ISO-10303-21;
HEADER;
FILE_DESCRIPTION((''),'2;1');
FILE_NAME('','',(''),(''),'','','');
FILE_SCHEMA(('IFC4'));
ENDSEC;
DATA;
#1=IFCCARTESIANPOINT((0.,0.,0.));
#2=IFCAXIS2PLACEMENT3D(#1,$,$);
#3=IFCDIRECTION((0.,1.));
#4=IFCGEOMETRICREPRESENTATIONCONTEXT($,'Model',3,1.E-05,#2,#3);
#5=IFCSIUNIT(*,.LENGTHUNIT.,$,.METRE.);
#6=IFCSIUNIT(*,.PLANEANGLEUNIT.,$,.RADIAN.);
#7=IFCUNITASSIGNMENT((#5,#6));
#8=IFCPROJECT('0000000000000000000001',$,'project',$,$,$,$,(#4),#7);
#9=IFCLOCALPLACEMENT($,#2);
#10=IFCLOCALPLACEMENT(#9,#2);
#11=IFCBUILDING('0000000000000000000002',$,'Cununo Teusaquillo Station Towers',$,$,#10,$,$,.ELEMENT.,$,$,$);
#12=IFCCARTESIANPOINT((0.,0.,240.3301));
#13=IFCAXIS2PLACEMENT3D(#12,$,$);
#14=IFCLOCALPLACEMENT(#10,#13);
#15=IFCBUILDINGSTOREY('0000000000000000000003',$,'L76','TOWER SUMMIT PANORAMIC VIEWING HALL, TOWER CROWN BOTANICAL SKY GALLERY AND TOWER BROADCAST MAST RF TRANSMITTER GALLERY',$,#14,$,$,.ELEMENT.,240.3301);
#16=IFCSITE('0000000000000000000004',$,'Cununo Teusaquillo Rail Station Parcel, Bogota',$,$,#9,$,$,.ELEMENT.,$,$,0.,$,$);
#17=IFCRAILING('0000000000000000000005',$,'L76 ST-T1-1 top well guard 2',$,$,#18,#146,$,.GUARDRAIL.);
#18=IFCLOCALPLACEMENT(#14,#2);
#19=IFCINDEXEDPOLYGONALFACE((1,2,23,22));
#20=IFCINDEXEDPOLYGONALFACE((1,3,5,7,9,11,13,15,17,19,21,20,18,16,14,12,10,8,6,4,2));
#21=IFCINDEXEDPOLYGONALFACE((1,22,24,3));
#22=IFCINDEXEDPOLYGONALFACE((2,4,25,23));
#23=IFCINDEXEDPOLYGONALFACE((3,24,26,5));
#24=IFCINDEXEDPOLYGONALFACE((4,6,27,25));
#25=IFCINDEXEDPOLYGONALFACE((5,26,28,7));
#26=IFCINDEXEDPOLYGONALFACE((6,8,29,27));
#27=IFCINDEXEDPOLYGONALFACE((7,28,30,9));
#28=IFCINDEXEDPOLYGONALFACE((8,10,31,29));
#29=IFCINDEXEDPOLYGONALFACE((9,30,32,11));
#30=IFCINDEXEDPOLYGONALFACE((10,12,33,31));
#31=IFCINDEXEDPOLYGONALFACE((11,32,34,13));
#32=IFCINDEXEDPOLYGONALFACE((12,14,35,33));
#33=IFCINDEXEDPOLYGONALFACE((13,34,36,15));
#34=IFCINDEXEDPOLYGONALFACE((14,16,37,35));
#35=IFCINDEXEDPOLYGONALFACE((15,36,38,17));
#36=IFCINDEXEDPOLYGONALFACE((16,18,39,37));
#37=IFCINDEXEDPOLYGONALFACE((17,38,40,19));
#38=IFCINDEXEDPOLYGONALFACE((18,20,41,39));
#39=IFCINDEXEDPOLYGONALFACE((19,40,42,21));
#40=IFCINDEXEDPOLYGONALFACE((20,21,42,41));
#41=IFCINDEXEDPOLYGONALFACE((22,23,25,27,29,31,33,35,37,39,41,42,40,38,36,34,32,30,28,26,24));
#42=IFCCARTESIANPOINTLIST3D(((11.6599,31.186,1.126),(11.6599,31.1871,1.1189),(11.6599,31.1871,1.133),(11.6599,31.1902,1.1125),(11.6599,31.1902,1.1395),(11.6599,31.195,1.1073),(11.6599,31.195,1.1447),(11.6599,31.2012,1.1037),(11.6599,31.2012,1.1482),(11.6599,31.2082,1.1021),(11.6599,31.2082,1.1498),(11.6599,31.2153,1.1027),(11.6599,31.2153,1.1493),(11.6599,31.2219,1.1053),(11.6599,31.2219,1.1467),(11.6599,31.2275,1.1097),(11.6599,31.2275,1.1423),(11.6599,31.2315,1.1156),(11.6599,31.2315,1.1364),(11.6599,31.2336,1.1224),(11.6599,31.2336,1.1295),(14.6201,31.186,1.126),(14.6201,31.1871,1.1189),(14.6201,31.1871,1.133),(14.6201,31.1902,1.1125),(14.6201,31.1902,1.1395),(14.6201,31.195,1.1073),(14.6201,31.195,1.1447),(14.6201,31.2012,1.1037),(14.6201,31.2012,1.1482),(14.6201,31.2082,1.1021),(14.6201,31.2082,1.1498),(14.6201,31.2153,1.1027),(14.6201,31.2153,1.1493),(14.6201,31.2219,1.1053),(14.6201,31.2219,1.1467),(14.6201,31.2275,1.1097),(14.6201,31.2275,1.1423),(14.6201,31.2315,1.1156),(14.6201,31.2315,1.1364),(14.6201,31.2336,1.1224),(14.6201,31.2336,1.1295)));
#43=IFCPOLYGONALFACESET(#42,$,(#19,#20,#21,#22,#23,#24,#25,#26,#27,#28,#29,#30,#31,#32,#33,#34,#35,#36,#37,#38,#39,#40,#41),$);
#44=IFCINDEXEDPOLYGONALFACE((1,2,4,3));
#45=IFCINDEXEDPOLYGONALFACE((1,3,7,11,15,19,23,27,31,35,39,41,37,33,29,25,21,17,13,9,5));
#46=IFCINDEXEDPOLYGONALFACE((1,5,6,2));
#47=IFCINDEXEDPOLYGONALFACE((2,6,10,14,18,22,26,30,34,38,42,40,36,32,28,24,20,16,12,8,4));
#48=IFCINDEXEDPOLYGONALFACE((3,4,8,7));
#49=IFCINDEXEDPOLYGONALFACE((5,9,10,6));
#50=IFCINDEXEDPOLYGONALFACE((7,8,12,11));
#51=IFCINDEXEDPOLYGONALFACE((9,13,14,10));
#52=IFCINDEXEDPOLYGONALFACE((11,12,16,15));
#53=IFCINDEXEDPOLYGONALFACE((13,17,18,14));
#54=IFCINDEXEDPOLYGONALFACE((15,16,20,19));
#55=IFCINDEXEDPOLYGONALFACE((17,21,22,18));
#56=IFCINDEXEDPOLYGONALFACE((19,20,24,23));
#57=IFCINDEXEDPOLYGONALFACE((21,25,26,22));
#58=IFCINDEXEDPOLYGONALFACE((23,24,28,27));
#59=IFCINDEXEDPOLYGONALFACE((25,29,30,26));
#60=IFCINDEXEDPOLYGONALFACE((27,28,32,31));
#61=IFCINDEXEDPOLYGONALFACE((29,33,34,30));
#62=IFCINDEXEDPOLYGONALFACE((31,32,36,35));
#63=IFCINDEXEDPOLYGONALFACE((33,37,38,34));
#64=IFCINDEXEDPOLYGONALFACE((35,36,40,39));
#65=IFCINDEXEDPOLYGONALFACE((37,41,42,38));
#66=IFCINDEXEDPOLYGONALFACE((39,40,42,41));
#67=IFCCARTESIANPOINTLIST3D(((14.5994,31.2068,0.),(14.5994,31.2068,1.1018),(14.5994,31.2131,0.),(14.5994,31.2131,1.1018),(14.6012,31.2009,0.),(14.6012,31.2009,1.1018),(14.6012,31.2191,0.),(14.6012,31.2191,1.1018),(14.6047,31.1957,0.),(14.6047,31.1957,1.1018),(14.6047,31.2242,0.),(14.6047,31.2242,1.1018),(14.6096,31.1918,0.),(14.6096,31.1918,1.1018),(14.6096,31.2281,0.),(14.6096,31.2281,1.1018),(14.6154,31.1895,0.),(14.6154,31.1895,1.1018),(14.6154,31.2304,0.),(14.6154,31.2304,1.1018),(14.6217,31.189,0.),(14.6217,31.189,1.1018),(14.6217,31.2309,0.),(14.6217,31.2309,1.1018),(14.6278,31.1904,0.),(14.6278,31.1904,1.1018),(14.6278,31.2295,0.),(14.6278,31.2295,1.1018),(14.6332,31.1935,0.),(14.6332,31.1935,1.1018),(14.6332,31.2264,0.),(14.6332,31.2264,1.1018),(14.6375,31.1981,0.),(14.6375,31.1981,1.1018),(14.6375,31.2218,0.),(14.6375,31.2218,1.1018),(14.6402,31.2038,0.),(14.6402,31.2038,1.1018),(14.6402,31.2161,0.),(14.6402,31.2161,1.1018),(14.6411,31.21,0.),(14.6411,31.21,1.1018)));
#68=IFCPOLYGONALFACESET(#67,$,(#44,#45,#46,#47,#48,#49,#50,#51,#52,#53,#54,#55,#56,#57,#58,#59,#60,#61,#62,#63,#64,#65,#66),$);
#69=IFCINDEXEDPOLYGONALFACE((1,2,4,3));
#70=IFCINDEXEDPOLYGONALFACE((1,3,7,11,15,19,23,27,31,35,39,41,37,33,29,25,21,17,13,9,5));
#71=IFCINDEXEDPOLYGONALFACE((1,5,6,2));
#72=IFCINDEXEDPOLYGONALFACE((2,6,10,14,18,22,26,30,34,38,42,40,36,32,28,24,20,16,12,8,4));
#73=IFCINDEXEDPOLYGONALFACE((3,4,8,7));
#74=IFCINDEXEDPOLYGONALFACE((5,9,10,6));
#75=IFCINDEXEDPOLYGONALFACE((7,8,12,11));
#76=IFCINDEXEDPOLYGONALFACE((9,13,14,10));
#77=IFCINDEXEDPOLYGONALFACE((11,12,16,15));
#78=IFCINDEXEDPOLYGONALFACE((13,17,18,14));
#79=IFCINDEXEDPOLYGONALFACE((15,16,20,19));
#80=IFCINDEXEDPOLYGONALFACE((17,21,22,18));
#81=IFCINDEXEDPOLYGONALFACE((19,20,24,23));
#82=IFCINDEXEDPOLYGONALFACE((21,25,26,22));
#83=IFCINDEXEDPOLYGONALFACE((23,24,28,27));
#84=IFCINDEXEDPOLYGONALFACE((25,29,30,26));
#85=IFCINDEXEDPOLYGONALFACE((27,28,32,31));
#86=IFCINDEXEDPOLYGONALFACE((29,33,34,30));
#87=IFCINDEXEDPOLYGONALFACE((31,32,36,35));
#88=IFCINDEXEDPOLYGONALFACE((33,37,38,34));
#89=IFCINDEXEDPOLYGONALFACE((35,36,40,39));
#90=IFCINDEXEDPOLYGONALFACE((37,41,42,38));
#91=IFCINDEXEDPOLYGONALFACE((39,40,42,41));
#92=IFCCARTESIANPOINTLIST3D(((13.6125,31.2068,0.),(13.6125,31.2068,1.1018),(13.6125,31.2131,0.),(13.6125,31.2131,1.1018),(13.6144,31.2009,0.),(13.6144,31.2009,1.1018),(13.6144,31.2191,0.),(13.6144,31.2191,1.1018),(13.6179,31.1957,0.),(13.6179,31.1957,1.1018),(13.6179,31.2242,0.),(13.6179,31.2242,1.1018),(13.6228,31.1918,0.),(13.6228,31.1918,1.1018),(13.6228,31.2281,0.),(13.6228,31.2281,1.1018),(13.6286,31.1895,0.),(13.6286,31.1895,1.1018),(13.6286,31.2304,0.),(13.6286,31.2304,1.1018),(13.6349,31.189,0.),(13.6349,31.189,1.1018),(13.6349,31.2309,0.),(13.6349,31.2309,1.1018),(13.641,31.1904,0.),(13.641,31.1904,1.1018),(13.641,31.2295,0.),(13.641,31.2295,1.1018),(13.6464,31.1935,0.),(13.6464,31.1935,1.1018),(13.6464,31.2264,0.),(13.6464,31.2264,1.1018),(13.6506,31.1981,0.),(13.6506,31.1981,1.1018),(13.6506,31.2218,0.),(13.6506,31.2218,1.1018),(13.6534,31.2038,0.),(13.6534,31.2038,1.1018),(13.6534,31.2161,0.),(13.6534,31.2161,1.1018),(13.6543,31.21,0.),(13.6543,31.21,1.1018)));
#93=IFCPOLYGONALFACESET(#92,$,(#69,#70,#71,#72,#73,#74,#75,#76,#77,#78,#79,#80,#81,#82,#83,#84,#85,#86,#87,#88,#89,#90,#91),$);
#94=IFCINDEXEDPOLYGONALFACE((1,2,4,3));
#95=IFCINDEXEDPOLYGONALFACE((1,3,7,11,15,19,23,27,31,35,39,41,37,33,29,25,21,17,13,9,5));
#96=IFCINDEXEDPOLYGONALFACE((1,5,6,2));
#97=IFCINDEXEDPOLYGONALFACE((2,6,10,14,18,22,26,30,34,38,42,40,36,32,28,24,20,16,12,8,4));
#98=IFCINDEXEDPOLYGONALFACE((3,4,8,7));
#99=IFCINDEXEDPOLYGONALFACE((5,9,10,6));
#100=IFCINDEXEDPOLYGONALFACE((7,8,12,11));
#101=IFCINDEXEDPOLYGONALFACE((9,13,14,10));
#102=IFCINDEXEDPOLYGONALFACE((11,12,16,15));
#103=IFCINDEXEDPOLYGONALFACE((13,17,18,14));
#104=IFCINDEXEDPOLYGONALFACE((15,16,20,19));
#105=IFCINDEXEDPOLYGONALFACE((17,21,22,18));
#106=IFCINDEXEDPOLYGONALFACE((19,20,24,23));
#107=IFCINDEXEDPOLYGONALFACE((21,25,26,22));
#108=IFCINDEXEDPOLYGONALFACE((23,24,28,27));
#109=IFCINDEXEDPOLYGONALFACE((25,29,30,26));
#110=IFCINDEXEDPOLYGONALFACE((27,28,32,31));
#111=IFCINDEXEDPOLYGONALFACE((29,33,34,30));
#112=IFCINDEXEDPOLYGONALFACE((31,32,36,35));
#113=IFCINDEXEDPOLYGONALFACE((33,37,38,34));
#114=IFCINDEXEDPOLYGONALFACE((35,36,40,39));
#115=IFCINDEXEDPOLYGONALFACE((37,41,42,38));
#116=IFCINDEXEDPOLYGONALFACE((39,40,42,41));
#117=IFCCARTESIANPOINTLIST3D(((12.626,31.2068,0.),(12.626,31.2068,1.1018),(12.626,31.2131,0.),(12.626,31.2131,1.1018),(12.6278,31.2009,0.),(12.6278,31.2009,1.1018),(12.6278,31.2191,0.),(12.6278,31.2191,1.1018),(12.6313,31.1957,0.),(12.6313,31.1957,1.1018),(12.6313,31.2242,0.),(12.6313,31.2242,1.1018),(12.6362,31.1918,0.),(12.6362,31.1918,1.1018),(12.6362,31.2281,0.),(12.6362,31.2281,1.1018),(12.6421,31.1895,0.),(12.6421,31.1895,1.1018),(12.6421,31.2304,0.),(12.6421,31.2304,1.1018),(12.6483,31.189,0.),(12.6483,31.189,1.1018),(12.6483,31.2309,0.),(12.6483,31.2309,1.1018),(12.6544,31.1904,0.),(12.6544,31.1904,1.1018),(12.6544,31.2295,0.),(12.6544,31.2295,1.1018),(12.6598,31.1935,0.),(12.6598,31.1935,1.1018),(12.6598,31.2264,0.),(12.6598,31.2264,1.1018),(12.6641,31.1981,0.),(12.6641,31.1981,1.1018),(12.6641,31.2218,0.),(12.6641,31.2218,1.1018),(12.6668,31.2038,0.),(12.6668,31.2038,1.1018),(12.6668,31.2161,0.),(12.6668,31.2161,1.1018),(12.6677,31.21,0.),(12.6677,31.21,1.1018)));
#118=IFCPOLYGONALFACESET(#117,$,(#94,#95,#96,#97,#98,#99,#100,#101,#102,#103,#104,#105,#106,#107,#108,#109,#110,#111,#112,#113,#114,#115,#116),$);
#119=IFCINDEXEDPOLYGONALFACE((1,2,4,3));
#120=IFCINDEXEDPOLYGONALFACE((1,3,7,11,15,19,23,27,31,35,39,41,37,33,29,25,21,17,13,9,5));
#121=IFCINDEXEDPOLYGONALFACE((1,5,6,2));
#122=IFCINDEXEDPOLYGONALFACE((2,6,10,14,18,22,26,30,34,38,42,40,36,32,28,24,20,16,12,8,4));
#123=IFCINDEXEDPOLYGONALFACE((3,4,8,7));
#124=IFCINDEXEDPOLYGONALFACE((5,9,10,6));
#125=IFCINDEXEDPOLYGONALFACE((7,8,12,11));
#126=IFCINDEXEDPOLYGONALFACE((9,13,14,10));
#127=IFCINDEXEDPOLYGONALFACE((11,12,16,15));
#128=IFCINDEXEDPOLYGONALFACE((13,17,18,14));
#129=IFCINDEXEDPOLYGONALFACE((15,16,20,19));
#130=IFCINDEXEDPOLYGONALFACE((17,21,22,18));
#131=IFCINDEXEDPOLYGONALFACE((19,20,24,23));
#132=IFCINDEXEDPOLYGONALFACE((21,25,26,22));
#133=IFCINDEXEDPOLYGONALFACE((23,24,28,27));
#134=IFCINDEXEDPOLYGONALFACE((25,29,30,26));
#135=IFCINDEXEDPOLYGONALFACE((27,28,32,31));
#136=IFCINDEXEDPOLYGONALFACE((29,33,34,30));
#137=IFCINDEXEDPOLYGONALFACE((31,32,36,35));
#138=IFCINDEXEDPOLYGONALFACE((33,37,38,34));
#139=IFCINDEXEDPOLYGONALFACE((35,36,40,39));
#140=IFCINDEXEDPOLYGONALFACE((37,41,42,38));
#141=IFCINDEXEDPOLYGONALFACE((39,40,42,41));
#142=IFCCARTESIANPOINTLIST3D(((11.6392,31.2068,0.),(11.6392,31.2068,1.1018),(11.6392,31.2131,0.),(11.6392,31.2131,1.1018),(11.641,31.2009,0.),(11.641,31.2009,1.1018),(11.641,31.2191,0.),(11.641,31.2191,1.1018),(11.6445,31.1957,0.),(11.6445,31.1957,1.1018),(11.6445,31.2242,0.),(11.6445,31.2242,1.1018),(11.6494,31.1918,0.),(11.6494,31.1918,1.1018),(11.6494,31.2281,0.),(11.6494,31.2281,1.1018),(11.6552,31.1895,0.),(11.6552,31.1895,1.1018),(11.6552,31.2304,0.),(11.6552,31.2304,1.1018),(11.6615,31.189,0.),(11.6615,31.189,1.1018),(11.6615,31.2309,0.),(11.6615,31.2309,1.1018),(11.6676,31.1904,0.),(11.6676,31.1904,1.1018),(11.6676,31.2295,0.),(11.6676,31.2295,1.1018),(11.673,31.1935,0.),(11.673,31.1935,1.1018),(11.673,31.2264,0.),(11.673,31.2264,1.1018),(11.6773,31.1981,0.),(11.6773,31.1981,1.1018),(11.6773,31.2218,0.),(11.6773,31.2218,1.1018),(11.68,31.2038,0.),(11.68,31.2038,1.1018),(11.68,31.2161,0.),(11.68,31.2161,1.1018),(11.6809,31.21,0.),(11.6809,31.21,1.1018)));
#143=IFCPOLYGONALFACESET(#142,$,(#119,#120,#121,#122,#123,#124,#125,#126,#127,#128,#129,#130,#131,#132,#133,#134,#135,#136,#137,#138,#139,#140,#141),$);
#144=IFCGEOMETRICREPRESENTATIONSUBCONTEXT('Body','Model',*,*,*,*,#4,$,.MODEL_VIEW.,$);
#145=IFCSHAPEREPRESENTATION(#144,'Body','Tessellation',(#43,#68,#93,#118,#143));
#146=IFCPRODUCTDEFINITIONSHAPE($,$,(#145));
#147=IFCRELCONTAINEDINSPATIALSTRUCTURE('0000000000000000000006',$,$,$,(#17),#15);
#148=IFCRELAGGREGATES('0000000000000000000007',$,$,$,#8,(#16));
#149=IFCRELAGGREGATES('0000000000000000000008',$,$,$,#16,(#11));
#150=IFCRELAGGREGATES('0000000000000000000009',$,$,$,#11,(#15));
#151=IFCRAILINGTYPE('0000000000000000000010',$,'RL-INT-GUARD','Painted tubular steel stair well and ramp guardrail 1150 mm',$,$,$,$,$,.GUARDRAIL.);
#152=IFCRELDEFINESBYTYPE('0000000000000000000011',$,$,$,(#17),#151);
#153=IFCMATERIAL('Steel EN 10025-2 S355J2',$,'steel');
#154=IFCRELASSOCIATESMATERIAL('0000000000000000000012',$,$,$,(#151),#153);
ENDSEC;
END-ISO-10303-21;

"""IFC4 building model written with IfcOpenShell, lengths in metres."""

from ifc_helpers import new_model, si_unit, direction, frame, origin, origin_2d, place, context, subcontext, project, spatial, circle, extrude, material, type_object, element, save


model = new_model("IFC4")

# Units and contexts
model_context = context("Model", 3, precision=1e-05, world=origin(), true_north=direction((0.0, 1.0)))
body_context = subcontext(model_context, "Body", "Model", "MODEL_VIEW")
ifc_project = project(units=[si_unit("LENGTHUNIT", "METRE"), si_unit("PLANEANGLEUNIT", "RADIAN")], contexts=[model_context])

# Site, building, storey
site_placement = place(None, origin())
site = spatial("IfcSite", under=ifc_project, at=site_placement, Name="Cununo Teusaquillo Rail Station Parcel, Bogota", CompositionType="ELEMENT", RefElevation=0.0)
building_placement = place(site_placement, origin())
building = spatial("IfcBuilding", under=site, at=building_placement, Name="Cununo Teusaquillo Station Towers", CompositionType="ELEMENT")
storey_placement = place(building_placement, frame((0.0, 0.0, 240.3301)))
storey = spatial("IfcBuildingStorey", under=building, at=storey_placement, Name="L76", Description="TOWER SUMMIT PANORAMIC VIEWING HALL, TOWER CROWN BOTANICAL SKY GALLERY AND TOWER BROADCAST MAST RF TRANSMITTER GALLERY", CompositionType="ELEMENT", Elevation=240.3301)

# Railing
ifc_material_1 = material(Name="Steel EN 10025-2 S355J2", Category="steel")
railing_type = type_object("IfcRailingType", Name="RL-INT-GUARD", Description="Painted tubular steel stair well and ramp guardrail 1150 mm", PredefinedType="GUARDRAIL", material=ifc_material_1)
railing_1_placement = place(storey_placement, frame((14.6201, 31.21, 0.0)))
element("IfcRailing", 1, at=railing_1_placement, inside=storey, type_object=railing_type, Name="L76 ST-T1-1 top well guard 2", PredefinedType="GUARDRAIL", context=body_context, shape_type="SweptSolid", body=[
    extrude(circle(Radius=0.0239, at=origin_2d()), frame((0.0, 0.0, 1.126), z_axis=(-1.0, 0.0, 0.0), x_axis=(0.0, -1.0, 0.0)), (0.0, 0.0, 1.0), 2.9602),
    extrude(circle(Radius=0.021, at=origin_2d()), origin(), (0.0, 0.0, 1.0), 1.1018),
    extrude(circle(Radius=0.021, at=origin_2d()), frame((-0.9868, 0.0, 0.0)), (0.0, 0.0, 1.0), 1.1018),
    extrude(circle(Radius=0.021, at=origin_2d()), frame((-1.9734, 0.0, 0.0)), (0.0, 0.0, 1.0), 1.1018),
    extrude(circle(Radius=0.021, at=origin_2d()), frame((-2.9602, 0.0, 0.0)), (0.0, 0.0, 1.0), 1.1018),
])

save(model, "model.ifc")
